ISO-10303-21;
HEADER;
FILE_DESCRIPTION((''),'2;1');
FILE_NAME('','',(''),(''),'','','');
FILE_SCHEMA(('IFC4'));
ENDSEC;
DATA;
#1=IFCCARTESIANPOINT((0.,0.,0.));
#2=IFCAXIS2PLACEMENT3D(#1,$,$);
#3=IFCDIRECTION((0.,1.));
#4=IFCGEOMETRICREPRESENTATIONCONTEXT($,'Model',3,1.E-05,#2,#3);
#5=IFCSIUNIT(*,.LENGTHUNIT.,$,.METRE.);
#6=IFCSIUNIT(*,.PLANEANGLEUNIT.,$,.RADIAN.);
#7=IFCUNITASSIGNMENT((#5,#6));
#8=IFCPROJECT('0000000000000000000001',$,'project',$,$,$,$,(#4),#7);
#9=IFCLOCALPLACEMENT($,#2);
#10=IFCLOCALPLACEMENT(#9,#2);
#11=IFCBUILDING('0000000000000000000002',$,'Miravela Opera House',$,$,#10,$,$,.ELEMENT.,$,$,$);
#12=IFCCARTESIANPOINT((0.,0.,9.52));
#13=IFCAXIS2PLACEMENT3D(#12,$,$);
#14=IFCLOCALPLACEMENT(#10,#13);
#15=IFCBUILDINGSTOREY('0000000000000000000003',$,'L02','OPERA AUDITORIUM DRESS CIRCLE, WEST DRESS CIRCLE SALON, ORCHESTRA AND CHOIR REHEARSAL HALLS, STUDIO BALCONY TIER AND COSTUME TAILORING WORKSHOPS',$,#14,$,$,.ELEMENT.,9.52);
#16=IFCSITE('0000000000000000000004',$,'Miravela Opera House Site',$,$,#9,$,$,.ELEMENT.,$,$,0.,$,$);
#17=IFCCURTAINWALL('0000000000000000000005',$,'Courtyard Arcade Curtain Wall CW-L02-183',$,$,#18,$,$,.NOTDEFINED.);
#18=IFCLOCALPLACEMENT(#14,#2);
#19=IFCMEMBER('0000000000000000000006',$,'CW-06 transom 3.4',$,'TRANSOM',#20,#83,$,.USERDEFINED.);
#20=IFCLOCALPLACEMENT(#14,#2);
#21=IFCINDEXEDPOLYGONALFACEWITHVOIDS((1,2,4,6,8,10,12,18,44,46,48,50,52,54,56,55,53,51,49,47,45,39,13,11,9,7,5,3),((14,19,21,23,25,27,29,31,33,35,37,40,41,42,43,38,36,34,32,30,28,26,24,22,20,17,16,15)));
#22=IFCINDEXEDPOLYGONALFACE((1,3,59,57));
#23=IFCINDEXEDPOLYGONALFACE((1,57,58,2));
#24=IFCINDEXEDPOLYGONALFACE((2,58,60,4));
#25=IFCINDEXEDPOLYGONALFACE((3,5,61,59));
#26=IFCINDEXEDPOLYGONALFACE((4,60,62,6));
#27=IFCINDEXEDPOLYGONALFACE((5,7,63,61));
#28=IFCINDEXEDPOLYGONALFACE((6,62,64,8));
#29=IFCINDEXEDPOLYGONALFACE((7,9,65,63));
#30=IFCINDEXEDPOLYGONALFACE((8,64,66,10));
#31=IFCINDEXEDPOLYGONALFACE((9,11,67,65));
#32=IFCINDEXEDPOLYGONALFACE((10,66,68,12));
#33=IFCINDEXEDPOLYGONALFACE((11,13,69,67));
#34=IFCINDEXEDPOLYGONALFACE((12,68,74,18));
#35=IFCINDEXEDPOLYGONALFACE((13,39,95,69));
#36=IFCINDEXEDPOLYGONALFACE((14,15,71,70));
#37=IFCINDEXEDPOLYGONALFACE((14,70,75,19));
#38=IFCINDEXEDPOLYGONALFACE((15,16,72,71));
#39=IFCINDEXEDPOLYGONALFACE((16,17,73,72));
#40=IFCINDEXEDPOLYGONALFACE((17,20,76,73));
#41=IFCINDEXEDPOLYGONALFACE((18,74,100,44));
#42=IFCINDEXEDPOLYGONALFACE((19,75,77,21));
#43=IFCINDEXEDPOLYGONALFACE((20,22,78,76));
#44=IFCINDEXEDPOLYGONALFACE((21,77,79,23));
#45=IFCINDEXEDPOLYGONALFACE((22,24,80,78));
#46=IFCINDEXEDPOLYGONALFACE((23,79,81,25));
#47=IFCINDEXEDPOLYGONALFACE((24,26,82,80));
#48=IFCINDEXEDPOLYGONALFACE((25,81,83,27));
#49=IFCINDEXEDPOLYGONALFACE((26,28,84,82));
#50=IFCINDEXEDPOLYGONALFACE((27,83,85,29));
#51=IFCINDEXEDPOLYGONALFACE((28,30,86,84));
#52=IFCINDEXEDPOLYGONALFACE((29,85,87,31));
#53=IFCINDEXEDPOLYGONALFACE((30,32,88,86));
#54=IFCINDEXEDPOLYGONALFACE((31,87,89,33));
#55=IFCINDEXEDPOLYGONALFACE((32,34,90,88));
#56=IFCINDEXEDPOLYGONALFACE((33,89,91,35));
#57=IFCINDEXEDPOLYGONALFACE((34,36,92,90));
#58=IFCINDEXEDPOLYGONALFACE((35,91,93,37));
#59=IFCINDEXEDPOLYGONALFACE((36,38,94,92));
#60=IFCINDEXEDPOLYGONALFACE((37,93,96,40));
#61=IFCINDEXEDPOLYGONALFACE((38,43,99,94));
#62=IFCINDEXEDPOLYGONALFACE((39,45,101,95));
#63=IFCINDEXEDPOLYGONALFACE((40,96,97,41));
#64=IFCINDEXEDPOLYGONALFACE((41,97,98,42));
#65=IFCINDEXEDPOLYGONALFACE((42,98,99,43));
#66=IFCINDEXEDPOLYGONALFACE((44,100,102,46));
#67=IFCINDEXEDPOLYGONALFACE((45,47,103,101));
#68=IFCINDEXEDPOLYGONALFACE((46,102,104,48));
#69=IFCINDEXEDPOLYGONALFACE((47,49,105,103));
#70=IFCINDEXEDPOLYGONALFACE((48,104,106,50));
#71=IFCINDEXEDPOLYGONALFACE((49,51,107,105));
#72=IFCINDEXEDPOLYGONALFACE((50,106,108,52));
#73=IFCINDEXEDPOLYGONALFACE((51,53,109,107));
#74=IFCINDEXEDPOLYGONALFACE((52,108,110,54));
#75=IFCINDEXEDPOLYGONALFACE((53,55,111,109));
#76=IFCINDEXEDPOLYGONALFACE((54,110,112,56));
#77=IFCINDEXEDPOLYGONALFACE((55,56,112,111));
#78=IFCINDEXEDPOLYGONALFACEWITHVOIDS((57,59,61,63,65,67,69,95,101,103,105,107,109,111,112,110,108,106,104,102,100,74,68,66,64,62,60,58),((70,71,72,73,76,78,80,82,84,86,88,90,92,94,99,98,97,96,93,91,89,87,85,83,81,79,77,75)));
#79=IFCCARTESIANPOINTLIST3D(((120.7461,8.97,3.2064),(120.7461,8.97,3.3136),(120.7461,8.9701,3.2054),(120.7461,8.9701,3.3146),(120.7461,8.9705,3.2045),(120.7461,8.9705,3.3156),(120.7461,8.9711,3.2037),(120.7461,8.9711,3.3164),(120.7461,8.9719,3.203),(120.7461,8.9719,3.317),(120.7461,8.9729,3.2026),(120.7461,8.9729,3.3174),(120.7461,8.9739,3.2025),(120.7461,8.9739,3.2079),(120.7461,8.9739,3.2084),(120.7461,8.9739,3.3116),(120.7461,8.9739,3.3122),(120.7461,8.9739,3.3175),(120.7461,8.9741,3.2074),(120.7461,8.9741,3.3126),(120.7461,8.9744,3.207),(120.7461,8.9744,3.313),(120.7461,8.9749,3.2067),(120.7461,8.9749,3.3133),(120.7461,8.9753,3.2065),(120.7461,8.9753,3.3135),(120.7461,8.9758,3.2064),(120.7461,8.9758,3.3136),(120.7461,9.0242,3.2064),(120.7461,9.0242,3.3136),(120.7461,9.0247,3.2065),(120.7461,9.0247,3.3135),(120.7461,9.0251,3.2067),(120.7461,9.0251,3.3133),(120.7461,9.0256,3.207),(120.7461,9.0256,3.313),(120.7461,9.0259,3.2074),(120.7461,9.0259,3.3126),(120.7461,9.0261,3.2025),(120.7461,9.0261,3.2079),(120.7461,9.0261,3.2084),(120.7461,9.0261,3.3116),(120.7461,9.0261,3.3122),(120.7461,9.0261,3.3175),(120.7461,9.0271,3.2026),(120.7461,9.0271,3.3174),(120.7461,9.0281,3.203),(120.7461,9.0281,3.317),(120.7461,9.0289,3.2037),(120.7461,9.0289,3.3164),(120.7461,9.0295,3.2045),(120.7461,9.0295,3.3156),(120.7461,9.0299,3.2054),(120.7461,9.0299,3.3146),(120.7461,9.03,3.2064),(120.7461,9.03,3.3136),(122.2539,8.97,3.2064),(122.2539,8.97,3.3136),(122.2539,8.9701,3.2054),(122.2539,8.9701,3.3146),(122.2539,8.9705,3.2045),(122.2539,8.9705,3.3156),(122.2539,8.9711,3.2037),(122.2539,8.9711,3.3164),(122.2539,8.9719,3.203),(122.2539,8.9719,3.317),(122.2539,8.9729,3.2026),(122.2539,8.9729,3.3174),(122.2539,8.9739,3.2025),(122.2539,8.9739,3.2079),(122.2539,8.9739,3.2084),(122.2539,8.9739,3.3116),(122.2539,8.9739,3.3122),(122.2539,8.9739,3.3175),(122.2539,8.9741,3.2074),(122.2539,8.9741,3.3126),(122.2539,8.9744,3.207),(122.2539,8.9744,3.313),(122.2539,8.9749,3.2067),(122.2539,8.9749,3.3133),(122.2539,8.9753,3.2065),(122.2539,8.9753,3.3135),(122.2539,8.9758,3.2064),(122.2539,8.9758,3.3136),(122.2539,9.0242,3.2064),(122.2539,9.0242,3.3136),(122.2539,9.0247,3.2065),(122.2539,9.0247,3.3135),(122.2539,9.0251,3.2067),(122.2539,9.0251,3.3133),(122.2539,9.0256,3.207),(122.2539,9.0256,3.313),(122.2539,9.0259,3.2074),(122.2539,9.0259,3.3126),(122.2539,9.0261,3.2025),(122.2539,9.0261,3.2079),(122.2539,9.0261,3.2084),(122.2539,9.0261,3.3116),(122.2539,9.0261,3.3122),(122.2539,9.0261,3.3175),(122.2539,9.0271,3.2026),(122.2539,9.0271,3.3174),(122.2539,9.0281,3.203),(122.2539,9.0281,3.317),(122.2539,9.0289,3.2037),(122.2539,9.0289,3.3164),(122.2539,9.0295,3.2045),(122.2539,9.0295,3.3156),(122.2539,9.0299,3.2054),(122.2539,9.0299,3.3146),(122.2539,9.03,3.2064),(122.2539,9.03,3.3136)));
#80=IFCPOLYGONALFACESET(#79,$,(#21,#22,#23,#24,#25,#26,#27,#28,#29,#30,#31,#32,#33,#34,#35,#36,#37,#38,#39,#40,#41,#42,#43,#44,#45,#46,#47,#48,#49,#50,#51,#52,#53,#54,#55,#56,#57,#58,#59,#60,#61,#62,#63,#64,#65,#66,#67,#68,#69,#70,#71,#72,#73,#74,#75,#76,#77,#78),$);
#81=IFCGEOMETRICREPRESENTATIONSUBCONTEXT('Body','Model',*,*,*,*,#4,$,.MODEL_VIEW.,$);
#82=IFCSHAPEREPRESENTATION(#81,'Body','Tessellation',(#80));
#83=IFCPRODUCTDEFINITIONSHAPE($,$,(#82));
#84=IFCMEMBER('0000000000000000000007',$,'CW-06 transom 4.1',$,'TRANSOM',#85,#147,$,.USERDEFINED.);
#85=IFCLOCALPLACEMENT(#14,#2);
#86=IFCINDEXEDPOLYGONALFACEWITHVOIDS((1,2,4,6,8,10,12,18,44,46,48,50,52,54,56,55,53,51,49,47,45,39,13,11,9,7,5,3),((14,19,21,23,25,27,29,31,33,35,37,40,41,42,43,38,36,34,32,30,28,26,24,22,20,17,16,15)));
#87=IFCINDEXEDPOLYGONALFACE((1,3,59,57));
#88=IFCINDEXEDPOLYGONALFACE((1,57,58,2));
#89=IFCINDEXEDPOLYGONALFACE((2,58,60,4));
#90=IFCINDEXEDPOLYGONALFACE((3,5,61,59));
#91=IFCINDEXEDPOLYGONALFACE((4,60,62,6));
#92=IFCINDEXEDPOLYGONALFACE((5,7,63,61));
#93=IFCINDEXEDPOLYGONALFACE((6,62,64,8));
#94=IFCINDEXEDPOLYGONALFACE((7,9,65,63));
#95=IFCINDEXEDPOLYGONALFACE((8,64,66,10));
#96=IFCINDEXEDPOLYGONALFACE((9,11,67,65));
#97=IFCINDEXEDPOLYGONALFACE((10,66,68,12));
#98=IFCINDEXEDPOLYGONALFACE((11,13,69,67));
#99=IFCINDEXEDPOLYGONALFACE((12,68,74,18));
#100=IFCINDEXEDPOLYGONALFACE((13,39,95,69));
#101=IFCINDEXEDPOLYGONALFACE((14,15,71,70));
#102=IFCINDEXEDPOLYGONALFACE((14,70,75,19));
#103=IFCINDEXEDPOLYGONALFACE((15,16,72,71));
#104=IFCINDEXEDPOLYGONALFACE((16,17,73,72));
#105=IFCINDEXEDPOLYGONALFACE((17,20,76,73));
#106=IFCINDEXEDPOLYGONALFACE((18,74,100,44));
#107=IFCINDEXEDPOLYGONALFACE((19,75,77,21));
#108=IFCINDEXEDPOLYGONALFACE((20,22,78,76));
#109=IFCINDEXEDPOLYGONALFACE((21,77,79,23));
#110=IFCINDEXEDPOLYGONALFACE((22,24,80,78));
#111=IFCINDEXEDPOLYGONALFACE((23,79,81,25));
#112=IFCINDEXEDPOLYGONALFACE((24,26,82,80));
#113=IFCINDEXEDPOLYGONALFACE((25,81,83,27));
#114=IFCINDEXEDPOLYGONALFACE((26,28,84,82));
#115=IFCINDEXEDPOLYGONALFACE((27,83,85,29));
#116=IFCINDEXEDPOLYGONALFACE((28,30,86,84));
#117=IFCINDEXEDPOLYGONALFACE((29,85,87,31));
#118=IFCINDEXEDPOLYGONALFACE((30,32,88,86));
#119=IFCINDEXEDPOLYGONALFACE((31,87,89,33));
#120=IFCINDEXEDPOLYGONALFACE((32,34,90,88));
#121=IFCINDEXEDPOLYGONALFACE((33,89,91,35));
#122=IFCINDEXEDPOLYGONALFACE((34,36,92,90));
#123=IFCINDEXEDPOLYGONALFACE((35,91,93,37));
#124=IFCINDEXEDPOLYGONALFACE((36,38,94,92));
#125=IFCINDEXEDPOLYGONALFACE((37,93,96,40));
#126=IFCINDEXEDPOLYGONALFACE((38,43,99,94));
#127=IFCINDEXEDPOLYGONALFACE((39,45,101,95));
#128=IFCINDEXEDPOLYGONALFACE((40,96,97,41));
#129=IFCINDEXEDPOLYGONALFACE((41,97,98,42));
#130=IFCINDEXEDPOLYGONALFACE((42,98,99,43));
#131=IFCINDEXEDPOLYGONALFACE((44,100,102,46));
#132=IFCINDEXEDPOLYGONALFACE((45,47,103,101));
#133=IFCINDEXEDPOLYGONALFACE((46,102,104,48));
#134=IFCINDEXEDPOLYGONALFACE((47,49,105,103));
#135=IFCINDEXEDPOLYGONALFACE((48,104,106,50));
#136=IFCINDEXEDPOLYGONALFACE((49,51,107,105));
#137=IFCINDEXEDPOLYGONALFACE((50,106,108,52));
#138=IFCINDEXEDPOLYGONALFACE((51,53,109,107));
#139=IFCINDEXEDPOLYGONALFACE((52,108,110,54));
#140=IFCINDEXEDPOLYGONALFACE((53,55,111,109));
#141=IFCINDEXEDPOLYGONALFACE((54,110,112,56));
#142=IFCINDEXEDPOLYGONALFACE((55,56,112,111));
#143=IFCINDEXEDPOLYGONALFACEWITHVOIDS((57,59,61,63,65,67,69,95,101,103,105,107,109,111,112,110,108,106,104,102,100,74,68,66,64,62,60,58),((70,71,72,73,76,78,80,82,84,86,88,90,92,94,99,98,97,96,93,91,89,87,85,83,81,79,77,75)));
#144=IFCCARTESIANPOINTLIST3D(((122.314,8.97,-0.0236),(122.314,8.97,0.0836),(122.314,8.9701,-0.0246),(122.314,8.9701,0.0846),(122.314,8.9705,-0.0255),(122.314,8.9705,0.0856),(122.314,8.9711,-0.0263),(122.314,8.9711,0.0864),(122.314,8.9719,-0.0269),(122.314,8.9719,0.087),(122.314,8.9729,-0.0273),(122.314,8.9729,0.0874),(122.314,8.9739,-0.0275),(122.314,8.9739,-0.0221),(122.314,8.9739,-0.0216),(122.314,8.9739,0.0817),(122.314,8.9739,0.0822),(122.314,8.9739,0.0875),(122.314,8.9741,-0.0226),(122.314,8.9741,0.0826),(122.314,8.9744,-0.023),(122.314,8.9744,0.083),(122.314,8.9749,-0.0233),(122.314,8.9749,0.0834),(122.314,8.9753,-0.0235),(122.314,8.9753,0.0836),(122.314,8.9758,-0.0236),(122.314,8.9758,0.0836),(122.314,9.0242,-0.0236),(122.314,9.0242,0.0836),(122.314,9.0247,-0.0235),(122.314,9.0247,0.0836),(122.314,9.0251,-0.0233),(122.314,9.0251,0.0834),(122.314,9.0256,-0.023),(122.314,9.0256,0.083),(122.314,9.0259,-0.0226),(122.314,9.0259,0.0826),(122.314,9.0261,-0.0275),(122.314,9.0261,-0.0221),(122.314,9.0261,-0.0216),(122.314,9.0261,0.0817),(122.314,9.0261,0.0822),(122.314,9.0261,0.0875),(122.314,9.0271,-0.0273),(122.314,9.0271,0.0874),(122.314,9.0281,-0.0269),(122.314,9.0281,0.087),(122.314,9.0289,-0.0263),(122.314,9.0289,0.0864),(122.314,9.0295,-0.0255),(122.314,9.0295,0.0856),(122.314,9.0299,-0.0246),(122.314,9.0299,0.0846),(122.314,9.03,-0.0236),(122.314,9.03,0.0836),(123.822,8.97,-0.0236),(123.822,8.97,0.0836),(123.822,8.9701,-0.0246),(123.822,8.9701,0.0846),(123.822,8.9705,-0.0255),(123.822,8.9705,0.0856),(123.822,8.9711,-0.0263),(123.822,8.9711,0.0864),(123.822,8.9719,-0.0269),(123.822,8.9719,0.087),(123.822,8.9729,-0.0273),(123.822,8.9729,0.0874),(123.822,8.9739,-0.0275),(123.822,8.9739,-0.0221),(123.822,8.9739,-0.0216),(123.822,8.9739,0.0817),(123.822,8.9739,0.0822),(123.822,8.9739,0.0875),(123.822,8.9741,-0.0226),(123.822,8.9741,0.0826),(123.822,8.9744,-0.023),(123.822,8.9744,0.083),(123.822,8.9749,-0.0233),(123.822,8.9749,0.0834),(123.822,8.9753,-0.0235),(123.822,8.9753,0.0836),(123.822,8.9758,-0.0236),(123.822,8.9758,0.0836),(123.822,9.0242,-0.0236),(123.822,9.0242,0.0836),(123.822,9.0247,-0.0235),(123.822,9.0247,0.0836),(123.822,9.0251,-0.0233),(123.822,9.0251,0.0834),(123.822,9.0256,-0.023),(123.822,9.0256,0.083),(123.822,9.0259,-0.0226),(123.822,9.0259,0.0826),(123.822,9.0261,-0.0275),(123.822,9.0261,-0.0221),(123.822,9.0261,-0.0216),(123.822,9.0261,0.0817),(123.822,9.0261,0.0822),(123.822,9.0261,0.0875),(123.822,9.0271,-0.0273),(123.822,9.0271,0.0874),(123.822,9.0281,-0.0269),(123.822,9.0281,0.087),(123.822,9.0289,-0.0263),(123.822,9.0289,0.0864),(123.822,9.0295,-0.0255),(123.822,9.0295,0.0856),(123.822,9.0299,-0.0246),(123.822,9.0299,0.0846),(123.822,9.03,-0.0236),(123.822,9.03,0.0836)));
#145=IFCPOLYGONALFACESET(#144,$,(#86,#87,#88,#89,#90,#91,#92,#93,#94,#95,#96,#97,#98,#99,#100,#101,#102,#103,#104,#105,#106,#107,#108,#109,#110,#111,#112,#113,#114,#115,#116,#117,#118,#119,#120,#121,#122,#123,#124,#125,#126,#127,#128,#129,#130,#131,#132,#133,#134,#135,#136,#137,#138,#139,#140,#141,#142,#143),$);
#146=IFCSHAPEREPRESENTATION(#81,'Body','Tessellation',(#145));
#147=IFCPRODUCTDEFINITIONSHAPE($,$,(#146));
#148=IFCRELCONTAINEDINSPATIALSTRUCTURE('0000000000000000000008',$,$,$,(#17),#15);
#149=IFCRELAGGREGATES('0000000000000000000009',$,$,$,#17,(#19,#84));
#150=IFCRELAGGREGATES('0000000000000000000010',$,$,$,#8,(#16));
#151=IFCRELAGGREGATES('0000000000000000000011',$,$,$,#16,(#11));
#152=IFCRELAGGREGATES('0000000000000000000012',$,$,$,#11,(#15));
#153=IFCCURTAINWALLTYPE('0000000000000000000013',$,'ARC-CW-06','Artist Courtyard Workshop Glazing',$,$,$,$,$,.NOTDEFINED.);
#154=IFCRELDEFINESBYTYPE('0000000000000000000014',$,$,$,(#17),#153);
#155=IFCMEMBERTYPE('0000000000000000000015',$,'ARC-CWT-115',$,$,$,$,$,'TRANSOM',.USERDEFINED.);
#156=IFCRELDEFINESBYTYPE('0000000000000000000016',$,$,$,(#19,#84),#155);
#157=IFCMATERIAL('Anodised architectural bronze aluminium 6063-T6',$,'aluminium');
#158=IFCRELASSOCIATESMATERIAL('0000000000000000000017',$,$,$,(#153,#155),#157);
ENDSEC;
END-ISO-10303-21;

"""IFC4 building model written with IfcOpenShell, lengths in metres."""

from ifc_helpers import new_model, si_unit, direction, frame, origin, origin_2d, place, context, subcontext, project, spatial, hollow_rectangle, extrude, material, material_profile, profile_set, type_object, element, aggregate, save


model = new_model("IFC4")

# Units and contexts
model_context = context("Model", 3, precision=1e-05, world=origin(), true_north=direction((0.0, 1.0)))
body_context = subcontext(model_context, "Body", "Model", "MODEL_VIEW")
ifc_project = project(units=[si_unit("LENGTHUNIT", "METRE"), si_unit("PLANEANGLEUNIT", "RADIAN")], contexts=[model_context])

# Site, building, storey
site_placement = place(None, origin())
site = spatial("IfcSite", under=ifc_project, at=site_placement, Name="Miravela Opera House Site", CompositionType="ELEMENT", RefElevation=0.0)
building_placement = place(site_placement, origin())
building = spatial("IfcBuilding", under=site, at=building_placement, Name="Miravela Opera House", CompositionType="ELEMENT")
storey_placement = place(building_placement, frame((0.0, 0.0, 9.52)))
storey = spatial("IfcBuildingStorey", under=building, at=storey_placement, Name="L02", Description="OPERA AUDITORIUM DRESS CIRCLE, WEST DRESS CIRCLE SALON, ORCHESTRA AND CHOIR REHEARSAL HALLS, STUDIO BALCONY TIER AND COSTUME TAILORING WORKSHOPS", CompositionType="ELEMENT", Elevation=9.52)

# Curtain wall, members
ifc_material_1 = material(Name="Anodised architectural bronze aluminium 6063-T6", Category="aluminium")
curtain_wall_type = type_object("IfcCurtainWallType", Name="ARC-CW-06", Description="Artist Courtyard Workshop Glazing", PredefinedType="NOTDEFINED", material=ifc_material_1)
curtain_wall_placement = place(storey_placement, origin())
curtain_wall = element("IfcCurtainWall", 1, at=curtain_wall_placement, inside=storey, type_object=curtain_wall_type, Name="Courtyard Arcade Curtain Wall CW-L02-183", PredefinedType="NOTDEFINED")
ifc_material_profile_1 = material_profile(ifc_material_1, hollow_rectangle(XDim=0.0601, YDim=0.115, WallThickness=0.0039, InnerFilletRadius=0.002, OuterFilletRadius=0.0039, at=origin_2d()), Name="CWT-60X115")
ifc_profile_set_1 = profile_set([ifc_material_profile_1])
member_type_1 = type_object("IfcMemberType", Name="ARC-CWT-115", ElementType="TRANSOM", PredefinedType="USERDEFINED", material=ifc_profile_set_1)
member_1_placement = place(storey_placement, frame((120.7461, 9.0, 3.26), z_axis=(1.0, 0.0, 0.0), x_axis=(0.0, 1.0, 0.0)))
member_1 = element("IfcMember", 2, at=member_1_placement, type_object=member_type_1, Name="CW-06 transom 3.4", ObjectType="TRANSOM", PredefinedType="USERDEFINED", context=body_context, shape_type="SweptSolid", body=[
    extrude(hollow_rectangle(XDim=0.0601, YDim=0.115, WallThickness=0.0039, InnerFilletRadius=0.002, OuterFilletRadius=0.0039, at=origin_2d()), origin(), (0.0, 0.0, 1.0), 1.5078),
])
member_2_placement = place(storey_placement, frame((122.314, 9.0, 0.03), z_axis=(1.0, 0.0, 0.0), x_axis=(0.0, 1.0, 0.0)))
member_2 = element("IfcMember", 3, at=member_2_placement, type_object=member_type_1, Name="CW-06 transom 4.1", ObjectType="TRANSOM", PredefinedType="USERDEFINED", context=body_context, shape_type="SweptSolid", body=[
    extrude(hollow_rectangle(XDim=0.0601, YDim=0.115, WallThickness=0.0039, InnerFilletRadius=0.002, OuterFilletRadius=0.0039, at=origin_2d()), origin(), (0.0, 0.0, 1.0), 1.5081),
])

aggregate(curtain_wall, [member_1, member_2])

save(model, "model.ifc")
